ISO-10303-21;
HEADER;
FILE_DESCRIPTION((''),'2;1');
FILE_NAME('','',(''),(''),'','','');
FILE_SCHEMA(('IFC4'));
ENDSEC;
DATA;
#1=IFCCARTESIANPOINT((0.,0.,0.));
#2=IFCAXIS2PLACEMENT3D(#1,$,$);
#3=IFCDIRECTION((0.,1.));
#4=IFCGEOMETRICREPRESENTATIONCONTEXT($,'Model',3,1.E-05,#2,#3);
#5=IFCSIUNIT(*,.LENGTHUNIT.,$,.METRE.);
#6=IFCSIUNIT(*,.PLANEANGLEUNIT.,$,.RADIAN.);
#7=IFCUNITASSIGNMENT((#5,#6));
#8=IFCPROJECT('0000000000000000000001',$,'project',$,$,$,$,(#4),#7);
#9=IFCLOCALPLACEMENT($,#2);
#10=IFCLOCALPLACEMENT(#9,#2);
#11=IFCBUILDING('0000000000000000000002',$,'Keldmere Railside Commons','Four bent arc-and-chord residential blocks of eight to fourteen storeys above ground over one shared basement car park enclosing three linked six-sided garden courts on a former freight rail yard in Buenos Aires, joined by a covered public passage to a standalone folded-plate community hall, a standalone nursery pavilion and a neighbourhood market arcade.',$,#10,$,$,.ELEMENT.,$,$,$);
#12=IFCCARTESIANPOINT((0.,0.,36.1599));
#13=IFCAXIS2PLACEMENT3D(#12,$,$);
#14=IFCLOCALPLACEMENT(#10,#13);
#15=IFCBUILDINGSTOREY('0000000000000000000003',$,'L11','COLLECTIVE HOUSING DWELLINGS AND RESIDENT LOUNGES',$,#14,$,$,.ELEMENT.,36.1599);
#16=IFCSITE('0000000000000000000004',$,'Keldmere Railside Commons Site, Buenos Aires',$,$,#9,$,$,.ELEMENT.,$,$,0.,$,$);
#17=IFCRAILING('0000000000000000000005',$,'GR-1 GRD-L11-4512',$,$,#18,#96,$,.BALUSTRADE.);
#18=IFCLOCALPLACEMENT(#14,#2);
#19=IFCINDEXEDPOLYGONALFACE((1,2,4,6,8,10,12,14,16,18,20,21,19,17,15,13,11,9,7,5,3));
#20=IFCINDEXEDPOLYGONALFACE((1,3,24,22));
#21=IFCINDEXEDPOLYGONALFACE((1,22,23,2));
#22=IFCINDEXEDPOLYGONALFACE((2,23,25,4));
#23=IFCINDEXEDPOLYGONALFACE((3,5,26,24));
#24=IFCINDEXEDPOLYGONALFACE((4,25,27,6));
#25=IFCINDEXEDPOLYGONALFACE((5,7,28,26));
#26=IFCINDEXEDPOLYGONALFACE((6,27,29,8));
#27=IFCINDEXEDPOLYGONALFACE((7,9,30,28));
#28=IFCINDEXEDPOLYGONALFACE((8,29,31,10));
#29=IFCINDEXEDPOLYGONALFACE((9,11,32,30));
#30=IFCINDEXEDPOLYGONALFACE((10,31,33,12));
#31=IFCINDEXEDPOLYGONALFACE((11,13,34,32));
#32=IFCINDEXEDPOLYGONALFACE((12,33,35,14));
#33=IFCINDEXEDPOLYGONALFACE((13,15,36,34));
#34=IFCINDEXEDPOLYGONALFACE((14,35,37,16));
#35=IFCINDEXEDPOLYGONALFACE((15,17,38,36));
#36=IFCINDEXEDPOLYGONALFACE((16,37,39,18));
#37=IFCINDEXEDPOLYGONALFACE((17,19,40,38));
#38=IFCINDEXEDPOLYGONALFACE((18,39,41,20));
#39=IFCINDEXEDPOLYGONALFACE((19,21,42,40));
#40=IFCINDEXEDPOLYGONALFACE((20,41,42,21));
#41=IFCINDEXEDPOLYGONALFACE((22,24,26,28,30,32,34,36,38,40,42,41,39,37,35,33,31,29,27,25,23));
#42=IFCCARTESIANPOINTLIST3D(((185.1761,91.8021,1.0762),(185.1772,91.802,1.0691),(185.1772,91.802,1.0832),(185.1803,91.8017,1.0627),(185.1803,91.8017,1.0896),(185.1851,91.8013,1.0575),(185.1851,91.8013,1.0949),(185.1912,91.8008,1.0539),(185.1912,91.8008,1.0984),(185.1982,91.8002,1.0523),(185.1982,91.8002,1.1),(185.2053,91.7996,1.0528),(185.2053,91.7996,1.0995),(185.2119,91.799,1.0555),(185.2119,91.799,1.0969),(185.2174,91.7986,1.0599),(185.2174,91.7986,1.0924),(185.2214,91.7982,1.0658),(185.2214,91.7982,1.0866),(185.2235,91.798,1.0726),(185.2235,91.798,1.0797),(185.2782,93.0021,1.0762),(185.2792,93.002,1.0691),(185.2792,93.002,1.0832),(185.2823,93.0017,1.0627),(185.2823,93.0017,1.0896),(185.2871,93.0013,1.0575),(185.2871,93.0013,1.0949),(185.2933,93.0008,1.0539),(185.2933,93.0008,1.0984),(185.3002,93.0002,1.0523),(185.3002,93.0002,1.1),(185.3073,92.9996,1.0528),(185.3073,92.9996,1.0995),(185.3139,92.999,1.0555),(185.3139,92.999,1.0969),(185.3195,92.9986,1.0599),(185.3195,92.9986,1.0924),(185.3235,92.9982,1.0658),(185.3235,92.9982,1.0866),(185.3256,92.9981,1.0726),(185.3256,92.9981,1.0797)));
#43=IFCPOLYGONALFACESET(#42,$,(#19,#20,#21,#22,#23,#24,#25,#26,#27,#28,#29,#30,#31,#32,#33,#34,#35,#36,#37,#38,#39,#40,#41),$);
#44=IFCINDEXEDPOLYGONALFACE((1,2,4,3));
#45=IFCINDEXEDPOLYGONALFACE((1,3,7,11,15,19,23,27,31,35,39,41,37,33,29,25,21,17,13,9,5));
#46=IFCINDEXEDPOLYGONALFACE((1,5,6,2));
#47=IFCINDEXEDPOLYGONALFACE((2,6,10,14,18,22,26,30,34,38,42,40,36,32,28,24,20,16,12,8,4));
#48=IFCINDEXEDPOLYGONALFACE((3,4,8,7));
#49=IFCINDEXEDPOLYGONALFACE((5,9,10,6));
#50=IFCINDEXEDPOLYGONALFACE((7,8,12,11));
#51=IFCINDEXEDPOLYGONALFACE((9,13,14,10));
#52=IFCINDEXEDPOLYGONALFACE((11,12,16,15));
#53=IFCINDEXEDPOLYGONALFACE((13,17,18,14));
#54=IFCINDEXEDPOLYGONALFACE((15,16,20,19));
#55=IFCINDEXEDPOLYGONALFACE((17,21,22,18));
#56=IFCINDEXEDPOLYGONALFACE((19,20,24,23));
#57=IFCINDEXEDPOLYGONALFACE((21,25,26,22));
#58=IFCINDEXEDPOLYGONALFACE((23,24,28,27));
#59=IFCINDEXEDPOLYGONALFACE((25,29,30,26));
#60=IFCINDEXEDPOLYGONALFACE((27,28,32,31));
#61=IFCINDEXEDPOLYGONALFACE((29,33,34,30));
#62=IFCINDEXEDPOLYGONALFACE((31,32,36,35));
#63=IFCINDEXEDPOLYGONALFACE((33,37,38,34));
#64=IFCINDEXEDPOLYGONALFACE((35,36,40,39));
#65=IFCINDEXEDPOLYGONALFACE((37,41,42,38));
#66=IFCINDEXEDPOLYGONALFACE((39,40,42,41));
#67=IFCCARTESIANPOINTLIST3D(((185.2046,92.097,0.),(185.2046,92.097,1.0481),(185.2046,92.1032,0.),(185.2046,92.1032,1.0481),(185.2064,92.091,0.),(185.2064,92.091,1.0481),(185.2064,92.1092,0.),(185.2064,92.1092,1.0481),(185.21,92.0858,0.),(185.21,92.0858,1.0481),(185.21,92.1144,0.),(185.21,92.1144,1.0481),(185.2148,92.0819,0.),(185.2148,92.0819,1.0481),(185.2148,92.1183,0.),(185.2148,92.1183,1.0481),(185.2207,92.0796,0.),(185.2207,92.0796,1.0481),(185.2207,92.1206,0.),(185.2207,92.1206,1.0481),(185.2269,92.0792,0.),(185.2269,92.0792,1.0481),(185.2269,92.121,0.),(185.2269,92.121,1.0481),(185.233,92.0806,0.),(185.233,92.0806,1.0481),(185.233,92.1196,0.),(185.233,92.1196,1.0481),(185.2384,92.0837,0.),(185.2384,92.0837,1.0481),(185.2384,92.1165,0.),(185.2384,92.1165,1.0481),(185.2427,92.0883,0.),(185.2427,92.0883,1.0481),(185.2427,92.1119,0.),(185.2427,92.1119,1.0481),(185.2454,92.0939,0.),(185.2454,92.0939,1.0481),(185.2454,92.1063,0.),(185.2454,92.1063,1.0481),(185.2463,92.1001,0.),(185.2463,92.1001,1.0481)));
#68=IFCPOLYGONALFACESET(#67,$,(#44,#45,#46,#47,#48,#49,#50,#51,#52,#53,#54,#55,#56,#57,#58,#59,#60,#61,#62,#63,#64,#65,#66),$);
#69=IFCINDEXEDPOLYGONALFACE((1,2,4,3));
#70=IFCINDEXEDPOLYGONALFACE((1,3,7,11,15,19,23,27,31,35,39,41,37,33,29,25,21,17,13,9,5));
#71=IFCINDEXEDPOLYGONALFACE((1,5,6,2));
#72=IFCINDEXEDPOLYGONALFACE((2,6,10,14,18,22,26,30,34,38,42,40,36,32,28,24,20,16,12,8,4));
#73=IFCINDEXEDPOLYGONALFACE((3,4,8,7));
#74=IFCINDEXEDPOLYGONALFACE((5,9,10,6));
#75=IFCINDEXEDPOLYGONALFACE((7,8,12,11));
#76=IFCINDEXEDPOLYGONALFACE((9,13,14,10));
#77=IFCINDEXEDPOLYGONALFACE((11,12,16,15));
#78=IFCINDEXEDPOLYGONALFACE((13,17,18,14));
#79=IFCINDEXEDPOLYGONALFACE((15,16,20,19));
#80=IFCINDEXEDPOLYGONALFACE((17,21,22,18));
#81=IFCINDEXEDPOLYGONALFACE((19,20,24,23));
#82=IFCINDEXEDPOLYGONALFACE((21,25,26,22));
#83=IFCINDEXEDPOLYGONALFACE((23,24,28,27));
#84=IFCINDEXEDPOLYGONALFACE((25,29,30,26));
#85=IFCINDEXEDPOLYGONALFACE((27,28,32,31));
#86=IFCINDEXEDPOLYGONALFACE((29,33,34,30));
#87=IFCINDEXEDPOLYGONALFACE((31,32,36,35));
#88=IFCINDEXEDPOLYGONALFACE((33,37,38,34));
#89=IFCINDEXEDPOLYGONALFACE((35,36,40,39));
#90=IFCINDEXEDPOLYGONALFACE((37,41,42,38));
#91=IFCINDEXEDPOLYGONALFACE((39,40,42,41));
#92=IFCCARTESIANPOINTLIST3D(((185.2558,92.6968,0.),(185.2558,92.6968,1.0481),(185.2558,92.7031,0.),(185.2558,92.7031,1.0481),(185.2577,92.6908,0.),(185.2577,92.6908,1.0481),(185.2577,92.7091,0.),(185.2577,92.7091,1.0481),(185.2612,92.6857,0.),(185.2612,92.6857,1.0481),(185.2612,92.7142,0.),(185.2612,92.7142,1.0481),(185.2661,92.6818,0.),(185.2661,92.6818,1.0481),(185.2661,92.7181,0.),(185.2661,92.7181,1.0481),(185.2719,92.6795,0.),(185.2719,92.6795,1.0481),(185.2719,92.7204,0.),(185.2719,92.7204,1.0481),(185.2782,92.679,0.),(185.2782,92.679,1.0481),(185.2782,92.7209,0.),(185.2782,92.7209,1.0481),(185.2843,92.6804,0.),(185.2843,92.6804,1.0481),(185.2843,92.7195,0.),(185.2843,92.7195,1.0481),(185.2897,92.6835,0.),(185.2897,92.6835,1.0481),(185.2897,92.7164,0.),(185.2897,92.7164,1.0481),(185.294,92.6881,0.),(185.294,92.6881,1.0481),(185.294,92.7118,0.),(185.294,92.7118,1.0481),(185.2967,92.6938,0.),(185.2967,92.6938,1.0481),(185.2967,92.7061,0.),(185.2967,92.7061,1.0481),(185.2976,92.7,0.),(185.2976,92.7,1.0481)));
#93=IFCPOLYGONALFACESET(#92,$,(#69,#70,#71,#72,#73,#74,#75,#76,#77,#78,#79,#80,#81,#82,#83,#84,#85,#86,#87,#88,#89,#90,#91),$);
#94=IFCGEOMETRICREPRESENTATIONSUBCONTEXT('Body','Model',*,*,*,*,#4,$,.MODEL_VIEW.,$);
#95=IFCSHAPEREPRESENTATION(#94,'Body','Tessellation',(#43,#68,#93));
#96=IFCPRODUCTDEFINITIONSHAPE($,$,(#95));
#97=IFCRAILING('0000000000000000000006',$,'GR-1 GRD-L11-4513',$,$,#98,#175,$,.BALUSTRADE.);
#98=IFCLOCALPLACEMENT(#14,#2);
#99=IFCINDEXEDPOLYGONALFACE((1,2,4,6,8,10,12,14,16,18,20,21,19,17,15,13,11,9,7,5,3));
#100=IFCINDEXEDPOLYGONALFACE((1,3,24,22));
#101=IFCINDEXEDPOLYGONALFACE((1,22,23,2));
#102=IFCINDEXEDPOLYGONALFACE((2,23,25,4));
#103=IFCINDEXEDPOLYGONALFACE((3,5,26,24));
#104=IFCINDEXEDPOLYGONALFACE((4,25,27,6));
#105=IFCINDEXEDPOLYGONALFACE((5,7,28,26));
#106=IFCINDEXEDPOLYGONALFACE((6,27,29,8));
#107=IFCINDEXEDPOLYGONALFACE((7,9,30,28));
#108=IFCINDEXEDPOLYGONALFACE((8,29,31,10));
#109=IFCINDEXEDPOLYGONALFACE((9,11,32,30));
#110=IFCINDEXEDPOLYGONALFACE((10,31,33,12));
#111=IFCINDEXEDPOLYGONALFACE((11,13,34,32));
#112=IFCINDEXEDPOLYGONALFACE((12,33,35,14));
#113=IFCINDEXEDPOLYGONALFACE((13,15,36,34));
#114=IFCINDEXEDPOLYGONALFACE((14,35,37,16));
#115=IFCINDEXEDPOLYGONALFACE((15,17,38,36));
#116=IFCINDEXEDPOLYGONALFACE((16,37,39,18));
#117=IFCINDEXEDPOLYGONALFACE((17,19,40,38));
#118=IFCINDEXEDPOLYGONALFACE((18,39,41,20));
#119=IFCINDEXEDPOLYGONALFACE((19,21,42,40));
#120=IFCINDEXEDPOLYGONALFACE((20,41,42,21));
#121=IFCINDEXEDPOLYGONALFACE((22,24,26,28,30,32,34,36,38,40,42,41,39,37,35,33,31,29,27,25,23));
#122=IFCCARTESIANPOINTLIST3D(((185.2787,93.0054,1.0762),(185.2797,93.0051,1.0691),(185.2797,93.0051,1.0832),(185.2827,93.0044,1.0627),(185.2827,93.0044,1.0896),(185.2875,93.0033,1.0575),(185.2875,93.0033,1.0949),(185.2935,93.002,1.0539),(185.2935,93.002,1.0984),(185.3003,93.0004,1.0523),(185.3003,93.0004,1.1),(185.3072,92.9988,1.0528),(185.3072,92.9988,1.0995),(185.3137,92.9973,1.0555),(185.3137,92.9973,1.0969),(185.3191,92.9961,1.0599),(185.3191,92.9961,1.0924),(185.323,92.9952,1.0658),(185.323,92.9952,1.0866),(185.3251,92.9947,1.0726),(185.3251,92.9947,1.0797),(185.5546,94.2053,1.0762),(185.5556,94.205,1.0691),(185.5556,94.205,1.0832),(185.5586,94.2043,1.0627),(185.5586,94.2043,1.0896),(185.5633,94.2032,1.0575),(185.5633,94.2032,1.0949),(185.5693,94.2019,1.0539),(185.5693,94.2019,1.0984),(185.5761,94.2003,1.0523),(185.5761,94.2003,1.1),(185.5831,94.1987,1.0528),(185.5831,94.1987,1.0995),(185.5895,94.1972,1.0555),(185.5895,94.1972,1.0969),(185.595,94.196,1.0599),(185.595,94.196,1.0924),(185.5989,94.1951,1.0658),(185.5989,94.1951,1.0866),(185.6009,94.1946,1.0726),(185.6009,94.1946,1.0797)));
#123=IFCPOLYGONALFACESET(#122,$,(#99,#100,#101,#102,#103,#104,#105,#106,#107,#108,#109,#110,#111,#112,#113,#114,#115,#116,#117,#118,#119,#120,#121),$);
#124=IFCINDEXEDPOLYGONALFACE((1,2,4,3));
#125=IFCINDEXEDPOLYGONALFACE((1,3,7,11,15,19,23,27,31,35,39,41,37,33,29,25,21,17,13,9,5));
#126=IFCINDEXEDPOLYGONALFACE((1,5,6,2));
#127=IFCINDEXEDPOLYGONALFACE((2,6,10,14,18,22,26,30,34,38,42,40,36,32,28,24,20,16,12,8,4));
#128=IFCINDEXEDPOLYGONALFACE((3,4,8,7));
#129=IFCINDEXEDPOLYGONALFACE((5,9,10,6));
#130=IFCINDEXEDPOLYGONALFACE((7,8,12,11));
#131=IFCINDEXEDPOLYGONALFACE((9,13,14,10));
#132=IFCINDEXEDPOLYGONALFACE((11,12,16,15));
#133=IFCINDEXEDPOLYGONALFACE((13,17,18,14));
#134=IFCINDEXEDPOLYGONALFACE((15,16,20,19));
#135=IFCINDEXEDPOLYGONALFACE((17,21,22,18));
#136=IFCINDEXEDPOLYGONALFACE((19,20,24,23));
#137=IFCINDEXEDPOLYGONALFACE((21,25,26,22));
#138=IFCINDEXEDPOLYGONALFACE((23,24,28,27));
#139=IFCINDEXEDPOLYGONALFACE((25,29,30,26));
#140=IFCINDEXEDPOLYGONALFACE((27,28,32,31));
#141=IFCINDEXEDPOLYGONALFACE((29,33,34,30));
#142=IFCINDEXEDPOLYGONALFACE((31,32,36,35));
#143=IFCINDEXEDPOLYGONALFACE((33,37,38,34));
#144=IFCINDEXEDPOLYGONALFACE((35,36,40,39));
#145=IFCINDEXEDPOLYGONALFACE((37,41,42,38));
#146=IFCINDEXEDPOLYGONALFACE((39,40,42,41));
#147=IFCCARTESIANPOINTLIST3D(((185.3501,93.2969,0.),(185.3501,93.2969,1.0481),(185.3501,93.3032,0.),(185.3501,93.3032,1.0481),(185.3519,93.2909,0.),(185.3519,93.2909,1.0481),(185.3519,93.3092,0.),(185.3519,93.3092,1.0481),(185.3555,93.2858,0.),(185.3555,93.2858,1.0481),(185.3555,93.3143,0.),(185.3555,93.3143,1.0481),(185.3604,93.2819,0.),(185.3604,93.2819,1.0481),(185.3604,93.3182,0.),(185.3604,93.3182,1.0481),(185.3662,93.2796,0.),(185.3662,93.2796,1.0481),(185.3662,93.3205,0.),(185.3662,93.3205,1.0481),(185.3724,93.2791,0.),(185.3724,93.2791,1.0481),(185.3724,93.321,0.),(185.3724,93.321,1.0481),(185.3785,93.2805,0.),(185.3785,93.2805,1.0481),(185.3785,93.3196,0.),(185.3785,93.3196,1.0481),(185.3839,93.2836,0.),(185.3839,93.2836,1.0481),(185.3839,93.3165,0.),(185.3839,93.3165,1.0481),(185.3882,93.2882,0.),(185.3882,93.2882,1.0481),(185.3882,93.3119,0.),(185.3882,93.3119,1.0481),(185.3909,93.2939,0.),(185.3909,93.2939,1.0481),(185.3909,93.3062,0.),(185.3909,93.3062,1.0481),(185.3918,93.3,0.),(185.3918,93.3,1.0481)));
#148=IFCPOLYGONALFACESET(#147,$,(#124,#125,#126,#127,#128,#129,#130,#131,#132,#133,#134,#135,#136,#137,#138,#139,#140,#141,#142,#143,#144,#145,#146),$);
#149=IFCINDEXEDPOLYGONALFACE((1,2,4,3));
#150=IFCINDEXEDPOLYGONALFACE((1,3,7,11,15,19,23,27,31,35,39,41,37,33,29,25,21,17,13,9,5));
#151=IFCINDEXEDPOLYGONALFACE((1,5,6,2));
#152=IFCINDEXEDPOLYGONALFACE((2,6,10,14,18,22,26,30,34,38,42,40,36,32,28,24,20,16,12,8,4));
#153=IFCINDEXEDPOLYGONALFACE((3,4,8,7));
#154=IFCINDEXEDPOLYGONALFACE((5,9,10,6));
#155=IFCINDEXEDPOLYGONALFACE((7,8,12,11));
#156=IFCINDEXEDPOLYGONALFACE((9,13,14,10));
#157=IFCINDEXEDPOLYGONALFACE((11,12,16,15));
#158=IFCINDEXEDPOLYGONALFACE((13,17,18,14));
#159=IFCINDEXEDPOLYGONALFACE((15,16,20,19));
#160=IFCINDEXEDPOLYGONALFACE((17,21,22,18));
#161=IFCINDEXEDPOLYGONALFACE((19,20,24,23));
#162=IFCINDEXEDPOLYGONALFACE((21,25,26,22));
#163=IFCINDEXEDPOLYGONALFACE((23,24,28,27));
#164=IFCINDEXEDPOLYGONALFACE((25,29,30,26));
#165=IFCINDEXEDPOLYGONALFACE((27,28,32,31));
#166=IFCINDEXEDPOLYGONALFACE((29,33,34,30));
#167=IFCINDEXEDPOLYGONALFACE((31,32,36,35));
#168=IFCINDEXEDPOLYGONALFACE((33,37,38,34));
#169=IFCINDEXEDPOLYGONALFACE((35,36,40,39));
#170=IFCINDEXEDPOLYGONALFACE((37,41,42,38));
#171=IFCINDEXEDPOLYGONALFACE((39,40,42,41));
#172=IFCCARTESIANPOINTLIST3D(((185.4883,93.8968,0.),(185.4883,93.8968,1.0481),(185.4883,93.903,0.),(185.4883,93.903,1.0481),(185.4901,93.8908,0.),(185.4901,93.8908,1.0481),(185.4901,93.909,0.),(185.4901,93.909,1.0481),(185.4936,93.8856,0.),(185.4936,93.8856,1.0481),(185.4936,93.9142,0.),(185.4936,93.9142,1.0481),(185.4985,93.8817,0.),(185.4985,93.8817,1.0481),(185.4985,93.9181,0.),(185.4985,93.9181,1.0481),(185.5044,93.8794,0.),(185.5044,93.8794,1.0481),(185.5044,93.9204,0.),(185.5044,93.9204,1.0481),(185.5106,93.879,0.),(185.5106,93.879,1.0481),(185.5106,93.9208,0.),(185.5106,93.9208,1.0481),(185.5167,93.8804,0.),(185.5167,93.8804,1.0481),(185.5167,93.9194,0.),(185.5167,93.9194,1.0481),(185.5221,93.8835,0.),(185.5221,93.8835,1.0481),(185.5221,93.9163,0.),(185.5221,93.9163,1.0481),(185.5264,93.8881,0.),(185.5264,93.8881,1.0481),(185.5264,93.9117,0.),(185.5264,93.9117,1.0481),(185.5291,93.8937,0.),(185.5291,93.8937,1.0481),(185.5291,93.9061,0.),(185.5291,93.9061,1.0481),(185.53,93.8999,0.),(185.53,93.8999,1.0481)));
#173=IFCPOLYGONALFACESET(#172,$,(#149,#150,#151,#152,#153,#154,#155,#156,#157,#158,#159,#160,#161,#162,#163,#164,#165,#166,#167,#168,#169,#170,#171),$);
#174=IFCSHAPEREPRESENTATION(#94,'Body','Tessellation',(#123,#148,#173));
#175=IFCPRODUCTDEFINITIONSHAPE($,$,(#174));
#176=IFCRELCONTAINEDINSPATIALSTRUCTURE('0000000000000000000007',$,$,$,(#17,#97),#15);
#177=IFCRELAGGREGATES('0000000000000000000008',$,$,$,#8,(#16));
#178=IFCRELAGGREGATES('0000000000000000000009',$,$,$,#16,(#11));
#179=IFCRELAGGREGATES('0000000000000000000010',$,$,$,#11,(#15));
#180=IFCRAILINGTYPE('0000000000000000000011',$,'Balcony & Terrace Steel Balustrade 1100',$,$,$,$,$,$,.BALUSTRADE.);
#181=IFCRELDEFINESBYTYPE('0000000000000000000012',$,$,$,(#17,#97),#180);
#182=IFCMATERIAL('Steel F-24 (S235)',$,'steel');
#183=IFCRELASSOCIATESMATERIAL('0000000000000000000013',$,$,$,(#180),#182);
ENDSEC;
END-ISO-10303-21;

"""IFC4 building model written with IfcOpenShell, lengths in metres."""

from ifc_helpers import new_model, si_unit, direction, frame, origin, origin_2d, place, context, subcontext, project, spatial, circle, extrude, material, type_object, element, save


model = new_model("IFC4")

# Units and contexts
model_context = context("Model", 3, precision=1e-05, world=origin(), true_north=direction((0.0, 1.0)))
body_context = subcontext(model_context, "Body", "Model", "MODEL_VIEW")
ifc_project = project(units=[si_unit("LENGTHUNIT", "METRE"), si_unit("PLANEANGLEUNIT", "RADIAN")], contexts=[model_context])

# Site, building, storey
site_placement = place(None, origin())
site = spatial("IfcSite", under=ifc_project, at=site_placement, Name="Keldmere Railside Commons Site, Buenos Aires", CompositionType="ELEMENT", RefElevation=0.0)
building_placement = place(site_placement, origin())
building = spatial("IfcBuilding", under=site, at=building_placement, Name="Keldmere Railside Commons", Description="Four bent arc-and-chord residential blocks of eight to fourteen storeys above ground over one shared basement car park enclosing three linked six-sided garden courts on a former freight rail yard in Buenos Aires, joined by a covered public passage to a standalone folded-plate community hall, a standalone nursery pavilion and a neighbourhood market arcade.", CompositionType="ELEMENT")
storey_placement = place(building_placement, frame((0.0, 0.0, 36.1599)))
storey = spatial("IfcBuildingStorey", under=building, at=storey_placement, Name="L11", Description="COLLECTIVE HOUSING DWELLINGS AND RESIDENT LOUNGES", CompositionType="ELEMENT", Elevation=36.1599)

# Railings
ifc_material_1 = material(Name="Steel F-24 (S235)", Category="steel")
railing_type = type_object("IfcRailingType", Name="Balcony & Terrace Steel Balustrade 1100", PredefinedType="BALUSTRADE", material=ifc_material_1)
railing_1_placement = place(storey_placement, frame((185.2, 91.8, 0.0)))
element("IfcRailing", 1, at=railing_1_placement, inside=storey, type_object=railing_type, Name="GR-1 GRD-L11-4512", PredefinedType="BALUSTRADE", context=body_context, shape_type="SweptSolid", body=[
    extrude(circle(Radius=0.0239, at=origin_2d()), frame((0.0, 0.0, 1.0762), z_axis=(0.08474, 0.996403, 0.0), x_axis=(-0.996403, 0.08474, 0.0)), (0.0, 0.0, 1.0), 1.2043),
    extrude(circle(Radius=0.021, at=origin_2d()), frame((0.0254, 0.3, 0.0)), (0.0, 0.0, 1.0), 1.0481),
    extrude(circle(Radius=0.021, at=origin_2d()), frame((0.0767, 0.8999, 0.0)), (0.0, 0.0, 1.0), 1.0481),
])
railing_2_placement = place(storey_placement, frame((185.302, 93.0, 0.0)))
element("IfcRailing", 2, at=railing_2_placement, inside=storey, type_object=railing_type, Name="GR-1 GRD-L11-4513", PredefinedType="BALUSTRADE", context=body_context, shape_type="SweptSolid", body=[
    extrude(circle(Radius=0.0239, at=origin_2d()), frame((0.0, 0.0, 1.0762), z_axis=(0.224063, 0.974575, 0.0), x_axis=(-0.974575, 0.224063, 0.0)), (0.0, 0.0, 1.0), 1.2312),
    extrude(circle(Radius=0.021, at=origin_2d()), frame((0.0688, 0.3, 0.0)), (0.0, 0.0, 1.0), 1.0481),
    extrude(circle(Radius=0.021, at=origin_2d()), frame((0.207, 0.8999, 0.0)), (0.0, 0.0, 1.0), 1.0481),
])

save(model, "model.ifc")
